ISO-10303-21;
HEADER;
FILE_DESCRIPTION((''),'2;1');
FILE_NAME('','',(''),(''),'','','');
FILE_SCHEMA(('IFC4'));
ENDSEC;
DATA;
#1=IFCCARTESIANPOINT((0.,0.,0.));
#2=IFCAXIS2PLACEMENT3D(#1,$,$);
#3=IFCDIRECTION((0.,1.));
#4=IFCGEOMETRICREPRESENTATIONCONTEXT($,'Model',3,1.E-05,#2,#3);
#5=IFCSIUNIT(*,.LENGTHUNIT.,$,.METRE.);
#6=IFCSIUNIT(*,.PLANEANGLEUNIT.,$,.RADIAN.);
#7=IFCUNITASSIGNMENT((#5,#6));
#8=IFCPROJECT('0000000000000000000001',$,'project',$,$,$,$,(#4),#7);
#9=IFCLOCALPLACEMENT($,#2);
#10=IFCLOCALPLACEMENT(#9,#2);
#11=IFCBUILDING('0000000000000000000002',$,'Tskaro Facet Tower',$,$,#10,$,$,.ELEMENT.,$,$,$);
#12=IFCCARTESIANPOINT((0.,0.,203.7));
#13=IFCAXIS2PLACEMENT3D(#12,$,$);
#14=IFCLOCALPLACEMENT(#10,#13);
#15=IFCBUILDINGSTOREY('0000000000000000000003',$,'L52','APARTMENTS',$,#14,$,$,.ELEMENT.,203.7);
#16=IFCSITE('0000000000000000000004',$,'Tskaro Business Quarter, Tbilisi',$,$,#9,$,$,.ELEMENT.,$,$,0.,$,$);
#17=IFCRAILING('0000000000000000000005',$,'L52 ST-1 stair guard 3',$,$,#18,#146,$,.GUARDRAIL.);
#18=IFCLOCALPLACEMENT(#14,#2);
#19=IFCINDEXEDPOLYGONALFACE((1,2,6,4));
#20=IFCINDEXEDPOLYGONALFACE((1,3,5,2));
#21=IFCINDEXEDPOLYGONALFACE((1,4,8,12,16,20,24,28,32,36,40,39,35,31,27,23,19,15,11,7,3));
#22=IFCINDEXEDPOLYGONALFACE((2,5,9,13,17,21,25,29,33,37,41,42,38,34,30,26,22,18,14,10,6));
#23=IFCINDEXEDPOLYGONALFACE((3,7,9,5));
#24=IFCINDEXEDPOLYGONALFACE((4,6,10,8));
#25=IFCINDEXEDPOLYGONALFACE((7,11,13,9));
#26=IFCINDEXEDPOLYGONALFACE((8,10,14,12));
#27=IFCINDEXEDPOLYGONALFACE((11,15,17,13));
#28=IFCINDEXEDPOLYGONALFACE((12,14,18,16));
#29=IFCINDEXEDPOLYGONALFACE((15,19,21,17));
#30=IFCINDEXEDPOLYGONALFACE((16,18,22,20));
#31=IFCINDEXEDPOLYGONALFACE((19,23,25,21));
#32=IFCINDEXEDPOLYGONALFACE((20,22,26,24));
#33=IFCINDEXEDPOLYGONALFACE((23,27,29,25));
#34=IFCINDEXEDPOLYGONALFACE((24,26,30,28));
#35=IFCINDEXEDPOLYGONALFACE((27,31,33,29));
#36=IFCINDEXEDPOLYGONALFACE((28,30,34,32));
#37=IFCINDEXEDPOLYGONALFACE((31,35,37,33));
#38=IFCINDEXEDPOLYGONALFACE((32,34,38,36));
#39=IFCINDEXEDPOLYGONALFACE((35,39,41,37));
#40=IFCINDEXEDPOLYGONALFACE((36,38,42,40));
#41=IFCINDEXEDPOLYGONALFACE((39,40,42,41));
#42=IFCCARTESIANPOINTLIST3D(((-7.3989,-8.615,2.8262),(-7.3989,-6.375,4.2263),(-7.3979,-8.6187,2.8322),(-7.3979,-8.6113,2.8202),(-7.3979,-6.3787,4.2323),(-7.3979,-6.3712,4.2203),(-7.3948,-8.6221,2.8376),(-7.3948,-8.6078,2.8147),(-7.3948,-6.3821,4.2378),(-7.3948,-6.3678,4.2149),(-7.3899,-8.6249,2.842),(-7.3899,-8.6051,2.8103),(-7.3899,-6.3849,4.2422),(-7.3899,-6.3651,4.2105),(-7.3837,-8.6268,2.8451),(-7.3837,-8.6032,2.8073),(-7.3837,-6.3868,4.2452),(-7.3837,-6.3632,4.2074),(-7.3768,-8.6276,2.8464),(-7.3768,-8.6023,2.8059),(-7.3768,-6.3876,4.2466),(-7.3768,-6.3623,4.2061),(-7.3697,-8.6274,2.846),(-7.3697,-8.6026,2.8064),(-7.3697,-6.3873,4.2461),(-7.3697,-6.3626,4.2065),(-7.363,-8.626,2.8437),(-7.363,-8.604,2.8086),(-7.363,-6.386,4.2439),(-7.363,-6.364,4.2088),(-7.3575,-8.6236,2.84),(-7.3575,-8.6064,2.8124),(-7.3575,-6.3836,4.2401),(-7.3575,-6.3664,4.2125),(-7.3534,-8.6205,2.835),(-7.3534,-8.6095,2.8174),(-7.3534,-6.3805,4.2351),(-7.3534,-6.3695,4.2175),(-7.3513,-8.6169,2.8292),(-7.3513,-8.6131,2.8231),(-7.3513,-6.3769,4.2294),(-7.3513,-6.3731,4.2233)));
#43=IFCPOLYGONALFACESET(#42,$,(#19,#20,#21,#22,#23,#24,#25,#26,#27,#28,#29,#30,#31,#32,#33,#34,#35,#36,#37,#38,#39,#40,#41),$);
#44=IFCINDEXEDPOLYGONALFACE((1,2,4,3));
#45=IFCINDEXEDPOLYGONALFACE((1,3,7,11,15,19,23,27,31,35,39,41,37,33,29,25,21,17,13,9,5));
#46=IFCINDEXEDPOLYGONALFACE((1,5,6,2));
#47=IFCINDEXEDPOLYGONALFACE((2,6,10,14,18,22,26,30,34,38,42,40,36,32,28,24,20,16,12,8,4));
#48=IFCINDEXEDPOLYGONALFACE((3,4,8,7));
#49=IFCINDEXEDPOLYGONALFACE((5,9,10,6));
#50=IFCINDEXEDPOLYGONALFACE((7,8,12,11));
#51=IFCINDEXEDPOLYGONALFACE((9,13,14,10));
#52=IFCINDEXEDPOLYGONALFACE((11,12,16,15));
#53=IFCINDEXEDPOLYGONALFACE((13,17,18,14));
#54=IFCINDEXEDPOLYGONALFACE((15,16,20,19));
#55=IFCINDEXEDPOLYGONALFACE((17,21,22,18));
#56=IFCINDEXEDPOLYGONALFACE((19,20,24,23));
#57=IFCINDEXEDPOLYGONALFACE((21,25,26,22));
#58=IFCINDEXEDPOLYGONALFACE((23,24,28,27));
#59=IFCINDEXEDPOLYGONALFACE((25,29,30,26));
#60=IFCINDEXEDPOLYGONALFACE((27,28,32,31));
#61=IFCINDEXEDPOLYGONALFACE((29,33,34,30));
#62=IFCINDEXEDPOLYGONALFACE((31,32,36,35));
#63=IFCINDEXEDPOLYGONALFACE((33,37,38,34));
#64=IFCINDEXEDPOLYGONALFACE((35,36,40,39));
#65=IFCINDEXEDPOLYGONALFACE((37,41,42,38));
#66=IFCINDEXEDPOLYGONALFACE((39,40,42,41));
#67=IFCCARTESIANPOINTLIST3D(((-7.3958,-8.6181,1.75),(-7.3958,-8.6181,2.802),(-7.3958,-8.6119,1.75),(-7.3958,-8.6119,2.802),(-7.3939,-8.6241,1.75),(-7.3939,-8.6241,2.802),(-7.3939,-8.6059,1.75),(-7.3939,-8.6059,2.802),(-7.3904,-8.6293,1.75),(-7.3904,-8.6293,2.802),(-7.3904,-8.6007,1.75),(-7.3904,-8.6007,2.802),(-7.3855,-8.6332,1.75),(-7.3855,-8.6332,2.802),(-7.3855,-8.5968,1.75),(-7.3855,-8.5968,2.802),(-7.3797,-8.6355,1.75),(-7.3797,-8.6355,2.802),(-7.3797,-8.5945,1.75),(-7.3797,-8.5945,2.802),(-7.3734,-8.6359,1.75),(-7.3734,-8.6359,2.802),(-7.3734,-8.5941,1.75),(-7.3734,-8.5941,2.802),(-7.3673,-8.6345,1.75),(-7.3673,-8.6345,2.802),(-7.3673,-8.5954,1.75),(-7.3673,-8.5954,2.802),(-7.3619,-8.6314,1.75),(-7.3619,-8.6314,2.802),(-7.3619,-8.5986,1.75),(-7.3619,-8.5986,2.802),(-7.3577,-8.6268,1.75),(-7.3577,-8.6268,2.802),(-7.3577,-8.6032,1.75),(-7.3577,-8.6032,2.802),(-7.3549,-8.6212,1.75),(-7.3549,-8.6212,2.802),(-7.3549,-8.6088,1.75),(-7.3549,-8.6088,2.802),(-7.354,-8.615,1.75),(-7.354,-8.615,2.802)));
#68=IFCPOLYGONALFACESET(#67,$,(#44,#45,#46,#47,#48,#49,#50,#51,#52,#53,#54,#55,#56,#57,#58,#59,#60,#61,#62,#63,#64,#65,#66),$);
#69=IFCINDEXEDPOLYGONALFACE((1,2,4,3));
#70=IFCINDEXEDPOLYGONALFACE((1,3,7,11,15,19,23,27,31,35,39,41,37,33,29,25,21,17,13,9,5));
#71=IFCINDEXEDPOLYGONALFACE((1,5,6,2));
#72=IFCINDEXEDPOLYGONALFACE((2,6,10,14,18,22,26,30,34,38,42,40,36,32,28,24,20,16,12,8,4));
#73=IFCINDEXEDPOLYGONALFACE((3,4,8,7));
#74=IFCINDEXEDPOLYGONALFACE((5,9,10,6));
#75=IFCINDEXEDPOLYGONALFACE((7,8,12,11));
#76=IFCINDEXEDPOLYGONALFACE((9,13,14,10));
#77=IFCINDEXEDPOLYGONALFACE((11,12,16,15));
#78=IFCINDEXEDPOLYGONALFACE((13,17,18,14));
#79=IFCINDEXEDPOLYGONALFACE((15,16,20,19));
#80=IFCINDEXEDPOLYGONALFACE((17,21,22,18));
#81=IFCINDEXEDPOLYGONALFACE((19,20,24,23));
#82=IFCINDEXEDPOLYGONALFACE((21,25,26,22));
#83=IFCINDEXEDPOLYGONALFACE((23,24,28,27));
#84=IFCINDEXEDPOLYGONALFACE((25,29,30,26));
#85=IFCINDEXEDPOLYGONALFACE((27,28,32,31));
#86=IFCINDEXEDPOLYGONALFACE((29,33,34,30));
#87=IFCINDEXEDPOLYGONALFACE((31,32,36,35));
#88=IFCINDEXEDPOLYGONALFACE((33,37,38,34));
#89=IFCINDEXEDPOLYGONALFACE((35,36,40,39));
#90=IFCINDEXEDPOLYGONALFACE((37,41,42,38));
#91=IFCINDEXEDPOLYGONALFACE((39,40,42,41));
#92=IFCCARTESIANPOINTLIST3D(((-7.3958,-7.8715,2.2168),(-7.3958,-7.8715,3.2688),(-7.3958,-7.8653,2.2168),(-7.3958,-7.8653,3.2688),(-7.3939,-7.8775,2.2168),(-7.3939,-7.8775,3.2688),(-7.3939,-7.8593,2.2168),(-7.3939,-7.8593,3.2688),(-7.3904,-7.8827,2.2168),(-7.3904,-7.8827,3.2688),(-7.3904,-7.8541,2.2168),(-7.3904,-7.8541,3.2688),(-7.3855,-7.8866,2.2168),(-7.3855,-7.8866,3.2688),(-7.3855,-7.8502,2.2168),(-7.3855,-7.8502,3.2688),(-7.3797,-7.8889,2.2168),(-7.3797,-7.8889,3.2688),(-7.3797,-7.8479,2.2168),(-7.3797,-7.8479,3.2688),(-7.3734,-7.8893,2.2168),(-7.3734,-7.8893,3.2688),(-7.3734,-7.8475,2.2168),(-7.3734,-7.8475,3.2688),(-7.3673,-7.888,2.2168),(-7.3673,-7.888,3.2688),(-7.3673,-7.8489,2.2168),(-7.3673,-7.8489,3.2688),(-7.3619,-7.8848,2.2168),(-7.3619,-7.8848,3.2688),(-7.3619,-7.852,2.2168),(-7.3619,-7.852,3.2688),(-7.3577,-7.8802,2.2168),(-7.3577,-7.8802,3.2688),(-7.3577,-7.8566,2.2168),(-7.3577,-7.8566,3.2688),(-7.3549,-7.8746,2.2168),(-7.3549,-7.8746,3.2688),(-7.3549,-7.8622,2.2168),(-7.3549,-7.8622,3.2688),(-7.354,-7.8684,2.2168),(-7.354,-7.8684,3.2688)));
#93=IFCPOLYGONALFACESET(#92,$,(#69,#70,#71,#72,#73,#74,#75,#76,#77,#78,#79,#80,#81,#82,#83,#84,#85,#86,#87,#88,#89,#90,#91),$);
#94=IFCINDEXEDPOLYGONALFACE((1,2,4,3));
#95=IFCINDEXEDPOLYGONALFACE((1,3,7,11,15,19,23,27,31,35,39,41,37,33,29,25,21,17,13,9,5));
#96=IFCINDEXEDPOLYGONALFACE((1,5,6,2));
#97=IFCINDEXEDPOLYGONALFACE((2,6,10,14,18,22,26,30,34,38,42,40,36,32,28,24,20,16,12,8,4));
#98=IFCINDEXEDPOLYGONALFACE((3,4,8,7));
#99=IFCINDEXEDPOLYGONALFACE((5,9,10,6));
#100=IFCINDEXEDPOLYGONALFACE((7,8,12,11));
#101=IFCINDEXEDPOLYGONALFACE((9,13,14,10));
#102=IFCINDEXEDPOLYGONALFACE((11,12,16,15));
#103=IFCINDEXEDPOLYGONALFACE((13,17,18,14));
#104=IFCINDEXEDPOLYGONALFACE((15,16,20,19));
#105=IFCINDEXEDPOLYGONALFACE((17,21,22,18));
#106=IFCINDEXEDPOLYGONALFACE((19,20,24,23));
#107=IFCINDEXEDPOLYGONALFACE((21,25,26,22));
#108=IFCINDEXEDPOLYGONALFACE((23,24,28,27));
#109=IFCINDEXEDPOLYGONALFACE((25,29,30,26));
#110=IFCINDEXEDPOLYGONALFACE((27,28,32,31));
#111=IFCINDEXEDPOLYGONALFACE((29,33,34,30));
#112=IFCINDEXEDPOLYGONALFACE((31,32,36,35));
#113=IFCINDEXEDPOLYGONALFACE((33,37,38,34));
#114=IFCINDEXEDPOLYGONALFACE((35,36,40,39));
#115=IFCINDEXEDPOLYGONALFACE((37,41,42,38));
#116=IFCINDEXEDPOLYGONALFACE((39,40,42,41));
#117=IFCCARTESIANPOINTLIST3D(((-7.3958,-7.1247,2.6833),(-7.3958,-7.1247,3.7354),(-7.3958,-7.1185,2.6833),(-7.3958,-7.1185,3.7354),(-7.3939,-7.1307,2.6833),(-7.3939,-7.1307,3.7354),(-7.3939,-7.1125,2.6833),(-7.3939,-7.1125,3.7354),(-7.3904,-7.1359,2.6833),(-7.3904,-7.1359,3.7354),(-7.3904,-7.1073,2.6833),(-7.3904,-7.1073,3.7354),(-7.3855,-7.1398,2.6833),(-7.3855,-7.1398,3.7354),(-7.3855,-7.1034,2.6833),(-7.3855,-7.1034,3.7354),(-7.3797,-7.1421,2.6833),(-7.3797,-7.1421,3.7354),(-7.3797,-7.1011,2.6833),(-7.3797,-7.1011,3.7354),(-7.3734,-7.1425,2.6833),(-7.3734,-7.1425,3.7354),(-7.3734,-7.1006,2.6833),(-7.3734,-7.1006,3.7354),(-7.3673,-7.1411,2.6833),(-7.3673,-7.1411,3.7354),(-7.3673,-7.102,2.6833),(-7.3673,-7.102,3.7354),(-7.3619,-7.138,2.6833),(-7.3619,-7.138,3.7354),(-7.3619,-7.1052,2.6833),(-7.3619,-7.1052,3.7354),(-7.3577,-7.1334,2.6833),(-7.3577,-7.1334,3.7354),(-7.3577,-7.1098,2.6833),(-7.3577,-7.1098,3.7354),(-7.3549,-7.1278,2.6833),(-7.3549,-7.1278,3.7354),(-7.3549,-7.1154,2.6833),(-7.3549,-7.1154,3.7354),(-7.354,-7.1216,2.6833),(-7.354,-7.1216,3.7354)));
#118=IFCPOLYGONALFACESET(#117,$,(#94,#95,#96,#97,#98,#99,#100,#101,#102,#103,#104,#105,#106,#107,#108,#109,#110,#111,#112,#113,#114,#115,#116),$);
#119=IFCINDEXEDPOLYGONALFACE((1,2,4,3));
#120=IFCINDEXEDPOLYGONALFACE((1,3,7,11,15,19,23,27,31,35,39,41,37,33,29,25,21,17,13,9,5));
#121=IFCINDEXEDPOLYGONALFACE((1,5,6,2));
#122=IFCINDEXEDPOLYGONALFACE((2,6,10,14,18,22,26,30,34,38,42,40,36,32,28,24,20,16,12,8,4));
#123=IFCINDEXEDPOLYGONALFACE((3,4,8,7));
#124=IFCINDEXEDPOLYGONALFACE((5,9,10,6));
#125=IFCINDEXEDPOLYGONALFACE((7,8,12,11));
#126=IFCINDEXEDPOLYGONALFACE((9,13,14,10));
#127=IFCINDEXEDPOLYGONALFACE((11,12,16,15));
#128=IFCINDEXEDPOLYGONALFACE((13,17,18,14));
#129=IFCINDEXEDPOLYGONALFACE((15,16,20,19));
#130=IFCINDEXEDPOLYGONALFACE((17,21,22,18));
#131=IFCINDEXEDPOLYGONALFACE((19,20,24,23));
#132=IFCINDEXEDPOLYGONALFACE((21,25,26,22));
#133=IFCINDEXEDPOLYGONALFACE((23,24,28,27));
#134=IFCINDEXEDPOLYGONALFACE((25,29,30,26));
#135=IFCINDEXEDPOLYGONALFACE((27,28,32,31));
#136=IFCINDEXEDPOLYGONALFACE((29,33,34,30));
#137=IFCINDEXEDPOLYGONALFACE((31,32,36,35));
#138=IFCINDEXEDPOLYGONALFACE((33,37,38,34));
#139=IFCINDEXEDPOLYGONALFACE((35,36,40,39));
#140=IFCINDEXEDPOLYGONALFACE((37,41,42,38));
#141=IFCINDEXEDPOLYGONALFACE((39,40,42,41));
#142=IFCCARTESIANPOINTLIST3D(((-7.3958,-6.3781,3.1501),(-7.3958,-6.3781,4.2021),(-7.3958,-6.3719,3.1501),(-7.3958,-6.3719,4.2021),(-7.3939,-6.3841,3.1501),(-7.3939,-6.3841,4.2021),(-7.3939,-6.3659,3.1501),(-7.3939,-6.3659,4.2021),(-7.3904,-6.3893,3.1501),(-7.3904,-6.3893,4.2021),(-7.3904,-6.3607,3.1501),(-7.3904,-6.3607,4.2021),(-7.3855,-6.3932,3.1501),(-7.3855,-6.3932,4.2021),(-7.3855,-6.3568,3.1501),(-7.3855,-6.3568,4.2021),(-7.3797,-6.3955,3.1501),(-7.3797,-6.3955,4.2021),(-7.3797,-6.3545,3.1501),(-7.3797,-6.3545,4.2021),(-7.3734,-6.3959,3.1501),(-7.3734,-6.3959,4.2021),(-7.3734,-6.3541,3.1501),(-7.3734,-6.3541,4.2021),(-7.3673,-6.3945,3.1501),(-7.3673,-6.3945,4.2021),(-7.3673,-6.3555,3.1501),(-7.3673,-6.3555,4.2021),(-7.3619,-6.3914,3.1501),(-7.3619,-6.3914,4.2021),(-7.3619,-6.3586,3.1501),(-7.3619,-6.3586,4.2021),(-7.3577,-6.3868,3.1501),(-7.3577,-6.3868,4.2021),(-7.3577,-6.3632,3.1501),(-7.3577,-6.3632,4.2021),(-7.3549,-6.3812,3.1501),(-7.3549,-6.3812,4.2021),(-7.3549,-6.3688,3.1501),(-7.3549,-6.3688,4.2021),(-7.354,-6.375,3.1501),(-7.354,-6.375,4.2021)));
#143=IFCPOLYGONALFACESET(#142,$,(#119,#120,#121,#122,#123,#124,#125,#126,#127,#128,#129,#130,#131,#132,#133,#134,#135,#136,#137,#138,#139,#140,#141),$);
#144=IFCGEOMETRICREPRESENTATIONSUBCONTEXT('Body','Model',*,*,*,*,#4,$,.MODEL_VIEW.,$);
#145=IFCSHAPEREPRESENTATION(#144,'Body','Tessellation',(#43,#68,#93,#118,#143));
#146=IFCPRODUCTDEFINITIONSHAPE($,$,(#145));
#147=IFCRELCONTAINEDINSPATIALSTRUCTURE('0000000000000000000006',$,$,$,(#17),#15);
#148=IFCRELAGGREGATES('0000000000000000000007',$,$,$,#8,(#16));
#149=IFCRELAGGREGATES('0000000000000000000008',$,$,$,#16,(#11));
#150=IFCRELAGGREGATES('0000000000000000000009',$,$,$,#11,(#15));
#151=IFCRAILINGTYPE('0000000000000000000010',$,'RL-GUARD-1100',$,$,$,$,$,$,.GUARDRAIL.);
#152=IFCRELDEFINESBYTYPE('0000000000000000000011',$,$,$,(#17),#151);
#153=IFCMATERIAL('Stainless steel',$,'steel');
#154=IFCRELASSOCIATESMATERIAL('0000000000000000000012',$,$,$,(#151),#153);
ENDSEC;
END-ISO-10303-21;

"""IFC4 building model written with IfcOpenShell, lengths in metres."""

from ifc_helpers import new_model, si_unit, direction, frame, origin, origin_2d, place, context, subcontext, project, spatial, circle, extrude, material, type_object, element, save


model = new_model("IFC4")

# Units and contexts
model_context = context("Model", 3, precision=1e-05, world=origin(), true_north=direction((0.0, 1.0)))
body_context = subcontext(model_context, "Body", "Model", "MODEL_VIEW")
ifc_project = project(units=[si_unit("LENGTHUNIT", "METRE"), si_unit("PLANEANGLEUNIT", "RADIAN")], contexts=[model_context])

# Site, building, storey
site_placement = place(None, origin())
site = spatial("IfcSite", under=ifc_project, at=site_placement, Name="Tskaro Business Quarter, Tbilisi", CompositionType="ELEMENT", RefElevation=0.0)
building_placement = place(site_placement, origin())
building = spatial("IfcBuilding", under=site, at=building_placement, Name="Tskaro Facet Tower", CompositionType="ELEMENT")
storey_placement = place(building_placement, frame((0.0, 0.0, 203.7)))
storey = spatial("IfcBuildingStorey", under=building, at=storey_placement, Name="L52", Description="APARTMENTS", CompositionType="ELEMENT", Elevation=203.7)

# Shared definitions
ifc_material_1 = material(Name="Stainless steel", Category="steel")

# Railing
railing_type_1 = type_object("IfcRailingType", Name="RL-GUARD-1100", PredefinedType="GUARDRAIL", material=ifc_material_1)
railing_1_placement = place(storey_placement, frame((-7.375, -8.615, 1.75)))
element("IfcRailing", 1, at=railing_1_placement, inside=storey, type_object=railing_type_1, Name="L52 ST-1 stair guard 3", PredefinedType="GUARDRAIL", context=body_context, shape_type="SweptSolid", body=[
    extrude(circle(Radius=0.0239, at=origin_2d()), frame((0.0, 0.0, 1.0762), z_axis=(0.0, 0.847972, 0.53004), x_axis=(-1.0, 0.0, 0.0)), (0.0, 0.0, 1.0), 2.6416),
    extrude(circle(Radius=0.021, at=origin_2d()), origin(), (0.0, 0.0, 1.0), 1.052),
    extrude(circle(Radius=0.021, at=origin_2d()), frame((0.0, 0.7466, 0.4668)), (0.0, 0.0, 1.0), 1.052),
    extrude(circle(Radius=0.021, at=origin_2d()), frame((0.0, 1.4934, 0.9333)), (0.0, 0.0, 1.0), 1.052),
    extrude(circle(Radius=0.021, at=origin_2d()), frame((0.0, 2.24, 1.4001)), (0.0, 0.0, 1.0), 1.052),
])

save(model, "model.ifc")
